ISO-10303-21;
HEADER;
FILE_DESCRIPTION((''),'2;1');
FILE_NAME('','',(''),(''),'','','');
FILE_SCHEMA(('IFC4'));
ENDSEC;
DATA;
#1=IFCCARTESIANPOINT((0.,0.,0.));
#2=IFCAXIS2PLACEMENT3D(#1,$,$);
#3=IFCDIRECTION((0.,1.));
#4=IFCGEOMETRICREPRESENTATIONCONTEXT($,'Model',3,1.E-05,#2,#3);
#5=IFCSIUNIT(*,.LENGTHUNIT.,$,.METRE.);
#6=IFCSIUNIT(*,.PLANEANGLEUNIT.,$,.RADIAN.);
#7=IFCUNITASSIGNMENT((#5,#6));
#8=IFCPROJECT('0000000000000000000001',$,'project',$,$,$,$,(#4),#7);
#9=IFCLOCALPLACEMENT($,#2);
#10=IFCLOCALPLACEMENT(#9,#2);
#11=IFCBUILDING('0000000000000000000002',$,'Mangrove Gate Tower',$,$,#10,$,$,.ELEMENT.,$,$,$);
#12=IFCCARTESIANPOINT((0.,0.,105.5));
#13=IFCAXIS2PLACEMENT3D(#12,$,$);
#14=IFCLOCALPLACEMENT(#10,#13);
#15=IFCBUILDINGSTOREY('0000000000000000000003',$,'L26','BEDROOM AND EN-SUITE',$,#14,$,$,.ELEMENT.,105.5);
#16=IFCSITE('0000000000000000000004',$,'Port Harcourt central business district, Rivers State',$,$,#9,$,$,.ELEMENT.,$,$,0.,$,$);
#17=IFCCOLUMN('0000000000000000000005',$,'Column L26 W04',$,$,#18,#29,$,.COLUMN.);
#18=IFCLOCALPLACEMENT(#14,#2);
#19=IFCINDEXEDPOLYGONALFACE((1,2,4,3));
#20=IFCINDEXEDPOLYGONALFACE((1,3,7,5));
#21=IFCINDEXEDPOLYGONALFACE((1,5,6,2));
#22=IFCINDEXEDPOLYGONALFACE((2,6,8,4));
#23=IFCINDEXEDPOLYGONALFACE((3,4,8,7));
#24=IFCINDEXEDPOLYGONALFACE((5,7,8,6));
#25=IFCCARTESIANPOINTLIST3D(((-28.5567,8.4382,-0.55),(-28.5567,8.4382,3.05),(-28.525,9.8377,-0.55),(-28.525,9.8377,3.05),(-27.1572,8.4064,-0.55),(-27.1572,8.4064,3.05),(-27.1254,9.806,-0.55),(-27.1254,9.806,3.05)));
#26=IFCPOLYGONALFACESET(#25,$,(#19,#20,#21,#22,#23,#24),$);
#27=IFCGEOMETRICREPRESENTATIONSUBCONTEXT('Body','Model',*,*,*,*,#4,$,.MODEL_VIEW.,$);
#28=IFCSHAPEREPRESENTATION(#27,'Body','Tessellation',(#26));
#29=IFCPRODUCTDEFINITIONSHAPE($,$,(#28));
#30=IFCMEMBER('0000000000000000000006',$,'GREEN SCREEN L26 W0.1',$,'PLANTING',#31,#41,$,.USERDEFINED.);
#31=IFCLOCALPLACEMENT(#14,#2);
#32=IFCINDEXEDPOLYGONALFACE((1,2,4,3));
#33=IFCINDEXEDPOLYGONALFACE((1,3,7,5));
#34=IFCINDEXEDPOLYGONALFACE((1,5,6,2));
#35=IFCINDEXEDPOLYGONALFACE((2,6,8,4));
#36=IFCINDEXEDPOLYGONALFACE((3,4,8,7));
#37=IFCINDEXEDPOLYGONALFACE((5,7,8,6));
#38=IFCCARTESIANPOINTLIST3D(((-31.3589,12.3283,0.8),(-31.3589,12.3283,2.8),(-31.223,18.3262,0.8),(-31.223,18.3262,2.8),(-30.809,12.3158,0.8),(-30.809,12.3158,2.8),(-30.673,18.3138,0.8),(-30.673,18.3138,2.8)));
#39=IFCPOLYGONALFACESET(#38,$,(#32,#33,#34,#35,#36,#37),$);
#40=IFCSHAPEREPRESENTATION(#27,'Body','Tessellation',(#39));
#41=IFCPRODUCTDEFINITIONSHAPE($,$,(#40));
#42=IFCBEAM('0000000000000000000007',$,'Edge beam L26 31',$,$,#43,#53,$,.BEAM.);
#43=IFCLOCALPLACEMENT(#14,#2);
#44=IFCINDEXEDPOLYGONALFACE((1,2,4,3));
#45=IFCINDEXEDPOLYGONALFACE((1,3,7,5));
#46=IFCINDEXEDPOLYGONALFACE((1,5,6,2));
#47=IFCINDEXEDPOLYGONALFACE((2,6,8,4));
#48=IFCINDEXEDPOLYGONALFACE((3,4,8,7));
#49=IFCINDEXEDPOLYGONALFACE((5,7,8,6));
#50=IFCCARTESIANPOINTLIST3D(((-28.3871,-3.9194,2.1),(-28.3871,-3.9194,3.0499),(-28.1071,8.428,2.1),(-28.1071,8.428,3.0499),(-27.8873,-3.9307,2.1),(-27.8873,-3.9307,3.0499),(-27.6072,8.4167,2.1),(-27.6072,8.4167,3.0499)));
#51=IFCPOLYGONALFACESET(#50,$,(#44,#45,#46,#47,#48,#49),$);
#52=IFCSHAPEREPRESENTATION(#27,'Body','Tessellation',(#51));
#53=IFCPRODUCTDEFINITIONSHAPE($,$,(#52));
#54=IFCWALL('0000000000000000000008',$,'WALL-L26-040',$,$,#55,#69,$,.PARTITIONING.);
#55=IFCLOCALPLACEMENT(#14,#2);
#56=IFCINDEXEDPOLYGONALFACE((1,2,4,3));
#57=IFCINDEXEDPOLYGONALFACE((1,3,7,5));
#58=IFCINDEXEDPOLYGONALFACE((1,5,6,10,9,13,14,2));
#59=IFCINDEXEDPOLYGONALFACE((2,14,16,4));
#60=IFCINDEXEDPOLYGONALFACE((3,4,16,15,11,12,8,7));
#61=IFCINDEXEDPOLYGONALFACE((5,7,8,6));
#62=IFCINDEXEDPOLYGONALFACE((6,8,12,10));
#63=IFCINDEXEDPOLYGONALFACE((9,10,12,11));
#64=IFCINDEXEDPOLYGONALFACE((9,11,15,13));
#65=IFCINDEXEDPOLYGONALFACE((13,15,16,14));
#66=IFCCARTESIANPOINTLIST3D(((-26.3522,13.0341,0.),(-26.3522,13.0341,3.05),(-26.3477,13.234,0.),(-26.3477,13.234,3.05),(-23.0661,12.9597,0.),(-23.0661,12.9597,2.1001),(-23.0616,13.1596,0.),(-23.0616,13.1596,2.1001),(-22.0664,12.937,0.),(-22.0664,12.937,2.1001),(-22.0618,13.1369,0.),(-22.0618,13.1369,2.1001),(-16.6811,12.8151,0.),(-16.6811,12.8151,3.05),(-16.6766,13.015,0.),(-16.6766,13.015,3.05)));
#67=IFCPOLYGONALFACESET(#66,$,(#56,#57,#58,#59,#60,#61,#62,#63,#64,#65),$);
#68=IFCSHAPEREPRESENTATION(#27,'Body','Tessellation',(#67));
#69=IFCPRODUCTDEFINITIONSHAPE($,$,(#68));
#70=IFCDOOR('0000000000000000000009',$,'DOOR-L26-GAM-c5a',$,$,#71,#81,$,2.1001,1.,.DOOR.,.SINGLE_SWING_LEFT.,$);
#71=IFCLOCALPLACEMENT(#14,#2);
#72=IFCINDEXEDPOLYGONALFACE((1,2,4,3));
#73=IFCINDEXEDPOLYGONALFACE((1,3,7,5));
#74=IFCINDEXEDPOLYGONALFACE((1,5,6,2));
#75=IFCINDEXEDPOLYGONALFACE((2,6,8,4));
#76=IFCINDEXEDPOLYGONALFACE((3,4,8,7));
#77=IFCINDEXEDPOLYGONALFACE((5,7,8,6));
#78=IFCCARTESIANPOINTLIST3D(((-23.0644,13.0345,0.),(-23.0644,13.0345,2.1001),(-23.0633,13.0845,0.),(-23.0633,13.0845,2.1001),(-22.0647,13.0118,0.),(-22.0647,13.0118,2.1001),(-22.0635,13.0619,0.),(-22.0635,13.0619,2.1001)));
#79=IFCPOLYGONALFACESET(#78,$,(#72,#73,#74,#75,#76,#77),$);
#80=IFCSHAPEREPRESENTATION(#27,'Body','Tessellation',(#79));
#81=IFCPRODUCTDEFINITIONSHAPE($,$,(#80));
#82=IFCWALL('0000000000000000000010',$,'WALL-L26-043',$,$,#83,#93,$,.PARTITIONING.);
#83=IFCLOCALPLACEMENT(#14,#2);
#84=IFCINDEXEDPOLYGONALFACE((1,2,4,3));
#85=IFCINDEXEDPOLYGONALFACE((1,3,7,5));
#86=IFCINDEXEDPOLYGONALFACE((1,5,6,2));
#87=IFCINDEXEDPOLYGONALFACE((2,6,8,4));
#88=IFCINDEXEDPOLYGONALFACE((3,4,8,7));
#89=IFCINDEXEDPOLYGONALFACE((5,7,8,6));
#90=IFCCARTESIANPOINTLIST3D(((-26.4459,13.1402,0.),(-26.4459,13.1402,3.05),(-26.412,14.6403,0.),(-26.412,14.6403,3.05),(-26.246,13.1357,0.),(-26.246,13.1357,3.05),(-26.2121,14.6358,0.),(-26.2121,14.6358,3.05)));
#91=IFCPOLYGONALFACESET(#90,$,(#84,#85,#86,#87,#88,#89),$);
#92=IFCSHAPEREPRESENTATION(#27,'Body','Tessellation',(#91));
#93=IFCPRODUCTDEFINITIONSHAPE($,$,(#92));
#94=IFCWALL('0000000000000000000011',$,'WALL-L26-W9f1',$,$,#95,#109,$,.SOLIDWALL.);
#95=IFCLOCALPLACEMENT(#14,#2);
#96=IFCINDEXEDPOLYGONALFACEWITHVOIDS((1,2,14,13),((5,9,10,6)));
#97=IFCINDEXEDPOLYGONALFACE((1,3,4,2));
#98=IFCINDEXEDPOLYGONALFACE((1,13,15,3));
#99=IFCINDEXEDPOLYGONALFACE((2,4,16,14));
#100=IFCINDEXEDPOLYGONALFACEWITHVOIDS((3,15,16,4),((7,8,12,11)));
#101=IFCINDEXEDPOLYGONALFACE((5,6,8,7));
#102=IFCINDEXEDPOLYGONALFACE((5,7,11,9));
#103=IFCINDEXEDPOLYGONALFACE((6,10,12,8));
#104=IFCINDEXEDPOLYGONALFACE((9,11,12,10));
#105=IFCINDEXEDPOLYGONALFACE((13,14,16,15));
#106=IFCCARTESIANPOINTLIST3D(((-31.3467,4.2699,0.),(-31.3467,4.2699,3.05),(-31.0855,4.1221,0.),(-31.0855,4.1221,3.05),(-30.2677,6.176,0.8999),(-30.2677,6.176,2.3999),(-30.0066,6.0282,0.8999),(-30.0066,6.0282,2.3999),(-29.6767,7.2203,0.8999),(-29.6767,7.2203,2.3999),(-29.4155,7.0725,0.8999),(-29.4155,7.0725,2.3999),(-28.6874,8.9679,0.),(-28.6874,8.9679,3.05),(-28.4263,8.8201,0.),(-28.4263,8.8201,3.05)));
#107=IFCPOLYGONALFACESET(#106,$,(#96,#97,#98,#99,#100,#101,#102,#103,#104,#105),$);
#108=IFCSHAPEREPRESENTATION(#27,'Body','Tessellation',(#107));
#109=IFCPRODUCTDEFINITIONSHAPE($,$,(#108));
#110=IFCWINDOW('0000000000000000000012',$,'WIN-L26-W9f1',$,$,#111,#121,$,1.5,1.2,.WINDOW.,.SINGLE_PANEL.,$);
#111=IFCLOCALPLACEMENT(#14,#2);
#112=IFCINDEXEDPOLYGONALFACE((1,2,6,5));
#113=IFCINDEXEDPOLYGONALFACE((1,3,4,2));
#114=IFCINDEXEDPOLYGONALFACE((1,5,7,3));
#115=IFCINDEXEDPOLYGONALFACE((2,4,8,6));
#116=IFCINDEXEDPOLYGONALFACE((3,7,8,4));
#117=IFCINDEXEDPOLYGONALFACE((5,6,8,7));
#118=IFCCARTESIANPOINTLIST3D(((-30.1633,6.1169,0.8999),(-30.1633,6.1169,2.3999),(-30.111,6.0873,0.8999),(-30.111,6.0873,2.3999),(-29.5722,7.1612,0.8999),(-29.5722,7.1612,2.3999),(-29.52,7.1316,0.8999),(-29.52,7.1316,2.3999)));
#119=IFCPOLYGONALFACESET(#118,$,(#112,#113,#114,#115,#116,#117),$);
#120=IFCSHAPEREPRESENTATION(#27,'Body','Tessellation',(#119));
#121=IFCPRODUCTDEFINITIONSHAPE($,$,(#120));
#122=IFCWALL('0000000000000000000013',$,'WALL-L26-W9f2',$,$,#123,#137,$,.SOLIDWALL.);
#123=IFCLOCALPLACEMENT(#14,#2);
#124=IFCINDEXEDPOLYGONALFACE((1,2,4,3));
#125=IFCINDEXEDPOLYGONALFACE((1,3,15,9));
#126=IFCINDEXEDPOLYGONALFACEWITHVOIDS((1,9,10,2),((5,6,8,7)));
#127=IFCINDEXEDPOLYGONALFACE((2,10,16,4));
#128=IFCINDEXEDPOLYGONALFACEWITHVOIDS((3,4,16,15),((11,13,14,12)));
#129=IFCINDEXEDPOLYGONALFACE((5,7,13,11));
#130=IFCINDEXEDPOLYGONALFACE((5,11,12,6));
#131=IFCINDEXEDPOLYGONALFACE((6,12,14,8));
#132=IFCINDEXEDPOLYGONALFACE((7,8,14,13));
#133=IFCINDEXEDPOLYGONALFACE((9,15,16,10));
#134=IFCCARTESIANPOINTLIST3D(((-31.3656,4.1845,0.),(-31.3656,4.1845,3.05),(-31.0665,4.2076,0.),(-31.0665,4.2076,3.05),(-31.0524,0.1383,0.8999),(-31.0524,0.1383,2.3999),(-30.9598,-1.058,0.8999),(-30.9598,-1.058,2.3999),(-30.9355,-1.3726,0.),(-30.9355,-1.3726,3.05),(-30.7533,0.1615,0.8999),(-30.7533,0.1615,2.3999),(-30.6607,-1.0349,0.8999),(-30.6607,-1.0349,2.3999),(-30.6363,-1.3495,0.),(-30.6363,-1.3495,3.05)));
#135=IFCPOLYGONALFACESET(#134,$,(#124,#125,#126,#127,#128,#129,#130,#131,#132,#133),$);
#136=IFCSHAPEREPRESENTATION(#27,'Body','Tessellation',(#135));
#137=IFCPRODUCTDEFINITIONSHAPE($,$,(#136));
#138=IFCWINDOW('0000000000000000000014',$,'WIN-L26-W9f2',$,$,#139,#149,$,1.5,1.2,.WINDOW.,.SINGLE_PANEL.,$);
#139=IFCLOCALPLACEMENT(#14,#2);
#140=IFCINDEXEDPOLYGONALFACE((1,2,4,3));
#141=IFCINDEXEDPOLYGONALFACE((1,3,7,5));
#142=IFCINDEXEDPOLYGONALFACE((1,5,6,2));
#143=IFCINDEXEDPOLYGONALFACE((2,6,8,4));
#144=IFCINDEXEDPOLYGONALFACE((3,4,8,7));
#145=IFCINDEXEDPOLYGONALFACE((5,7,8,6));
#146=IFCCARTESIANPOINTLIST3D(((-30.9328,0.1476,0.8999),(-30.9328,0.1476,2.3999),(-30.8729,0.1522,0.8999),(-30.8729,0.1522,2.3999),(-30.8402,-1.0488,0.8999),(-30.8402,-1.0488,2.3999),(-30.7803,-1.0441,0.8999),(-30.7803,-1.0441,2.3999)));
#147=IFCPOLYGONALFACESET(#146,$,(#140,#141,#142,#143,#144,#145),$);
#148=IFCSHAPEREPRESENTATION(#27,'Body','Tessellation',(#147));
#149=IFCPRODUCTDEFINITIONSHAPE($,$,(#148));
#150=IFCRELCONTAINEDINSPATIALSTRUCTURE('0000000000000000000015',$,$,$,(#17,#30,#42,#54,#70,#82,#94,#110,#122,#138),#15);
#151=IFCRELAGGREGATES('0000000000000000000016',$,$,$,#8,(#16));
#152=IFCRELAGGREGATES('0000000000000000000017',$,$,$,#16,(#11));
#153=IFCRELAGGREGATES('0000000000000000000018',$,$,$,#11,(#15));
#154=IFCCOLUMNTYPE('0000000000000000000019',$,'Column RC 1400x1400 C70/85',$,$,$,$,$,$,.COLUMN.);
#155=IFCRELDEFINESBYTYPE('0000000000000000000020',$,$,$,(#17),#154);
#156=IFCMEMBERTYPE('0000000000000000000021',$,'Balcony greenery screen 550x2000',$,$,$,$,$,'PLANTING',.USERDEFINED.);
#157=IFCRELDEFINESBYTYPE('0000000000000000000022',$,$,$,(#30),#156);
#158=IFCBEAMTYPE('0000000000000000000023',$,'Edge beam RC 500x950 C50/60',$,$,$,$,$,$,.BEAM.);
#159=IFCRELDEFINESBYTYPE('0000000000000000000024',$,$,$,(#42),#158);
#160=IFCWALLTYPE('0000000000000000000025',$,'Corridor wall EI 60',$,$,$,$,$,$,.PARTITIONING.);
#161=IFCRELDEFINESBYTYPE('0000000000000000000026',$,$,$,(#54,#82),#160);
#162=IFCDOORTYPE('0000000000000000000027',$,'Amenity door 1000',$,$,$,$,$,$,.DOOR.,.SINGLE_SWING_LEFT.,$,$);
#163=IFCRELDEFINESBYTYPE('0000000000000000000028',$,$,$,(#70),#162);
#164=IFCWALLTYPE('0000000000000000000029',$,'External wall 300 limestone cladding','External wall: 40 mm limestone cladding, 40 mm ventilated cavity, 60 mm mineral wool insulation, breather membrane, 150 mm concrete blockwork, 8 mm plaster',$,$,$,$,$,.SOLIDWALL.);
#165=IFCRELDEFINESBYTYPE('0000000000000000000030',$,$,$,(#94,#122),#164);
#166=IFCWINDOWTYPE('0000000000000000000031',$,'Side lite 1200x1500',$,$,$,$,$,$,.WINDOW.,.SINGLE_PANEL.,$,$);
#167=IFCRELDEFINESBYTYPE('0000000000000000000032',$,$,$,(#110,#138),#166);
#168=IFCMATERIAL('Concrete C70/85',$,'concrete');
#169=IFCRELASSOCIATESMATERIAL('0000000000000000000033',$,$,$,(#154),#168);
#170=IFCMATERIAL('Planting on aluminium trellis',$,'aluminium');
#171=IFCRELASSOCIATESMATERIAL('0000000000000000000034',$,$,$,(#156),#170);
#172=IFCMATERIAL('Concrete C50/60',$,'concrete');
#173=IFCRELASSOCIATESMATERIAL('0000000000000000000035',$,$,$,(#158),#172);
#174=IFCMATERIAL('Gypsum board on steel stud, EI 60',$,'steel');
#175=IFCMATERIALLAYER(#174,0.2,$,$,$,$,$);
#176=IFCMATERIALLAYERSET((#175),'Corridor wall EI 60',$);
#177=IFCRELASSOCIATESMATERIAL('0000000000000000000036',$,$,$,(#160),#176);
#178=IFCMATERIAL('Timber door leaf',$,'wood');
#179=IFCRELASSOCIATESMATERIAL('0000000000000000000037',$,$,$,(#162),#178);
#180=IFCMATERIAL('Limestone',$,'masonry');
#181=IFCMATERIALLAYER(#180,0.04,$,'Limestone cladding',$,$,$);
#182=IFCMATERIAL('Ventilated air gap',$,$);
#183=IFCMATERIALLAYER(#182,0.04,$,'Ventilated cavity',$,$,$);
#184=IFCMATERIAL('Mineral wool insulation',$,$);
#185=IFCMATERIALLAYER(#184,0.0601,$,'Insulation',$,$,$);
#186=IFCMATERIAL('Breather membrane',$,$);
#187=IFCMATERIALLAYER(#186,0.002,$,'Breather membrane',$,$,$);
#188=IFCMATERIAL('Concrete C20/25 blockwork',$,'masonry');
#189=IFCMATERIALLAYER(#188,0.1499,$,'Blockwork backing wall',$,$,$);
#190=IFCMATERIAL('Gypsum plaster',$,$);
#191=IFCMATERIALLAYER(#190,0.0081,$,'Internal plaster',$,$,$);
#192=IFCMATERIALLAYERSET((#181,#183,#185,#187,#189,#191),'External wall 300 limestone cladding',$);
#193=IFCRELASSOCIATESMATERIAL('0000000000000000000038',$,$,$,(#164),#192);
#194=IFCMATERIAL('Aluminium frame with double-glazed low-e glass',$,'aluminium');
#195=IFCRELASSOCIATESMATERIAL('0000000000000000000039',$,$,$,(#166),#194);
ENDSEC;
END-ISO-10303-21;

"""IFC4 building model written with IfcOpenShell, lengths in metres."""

from ifc_helpers import new_model, si_unit, direction, frame, frame_2d, origin, origin_2d, place, context, subcontext, project, spatial, rectangle, extrude, material, layer, layer_set, material_profile, profile_set, type_object, element, fill, save


model = new_model("IFC4")

# Units and contexts
model_context = context("Model", 3, precision=1e-05, world=origin(), true_north=direction((0.0, 1.0)))
body_context = subcontext(model_context, "Body", "Model", "MODEL_VIEW")
ifc_project = project(units=[si_unit("LENGTHUNIT", "METRE"), si_unit("PLANEANGLEUNIT", "RADIAN")], contexts=[model_context])

# Site, building, storey
site_placement = place(None, origin())
site = spatial("IfcSite", under=ifc_project, at=site_placement, Name="Port Harcourt central business district, Rivers State", CompositionType="ELEMENT", RefElevation=0.0)
building_placement = place(site_placement, origin())
building = spatial("IfcBuilding", under=site, at=building_placement, Name="Mangrove Gate Tower", CompositionType="ELEMENT")
storey_placement = place(building_placement, frame((0.0, 0.0, 105.5)))
storey = spatial("IfcBuildingStorey", under=building, at=storey_placement, Name="L26", Description="BEDROOM AND EN-SUITE", CompositionType="ELEMENT", Elevation=105.5)

# Column
ifc_material_1 = material(Name="Concrete C70/85", Category="concrete")
ifc_material_profile_1 = material_profile(ifc_material_1, rectangle(XDim=1.3999, YDim=1.3999, at=origin_2d()))
ifc_profile_set_1 = profile_set([ifc_material_profile_1], Name="Concrete C70/85")
column_type = type_object("IfcColumnType", Name="Column RC 1400x1400 C70/85", PredefinedType="COLUMN", material=ifc_profile_set_1)
column_placement = place(storey_placement, frame((-27.8411, 9.1221, -0.55), z_axis=(0.0, 0.0, 1.0), x_axis=(-0.022672, -0.999743, 0.0)))
element("IfcColumn", 1, at=column_placement, inside=storey, type_object=column_type, Name="Column L26 W04", PredefinedType="COLUMN", context=body_context, shape_type="SweptSolid", body=[
    extrude(rectangle(XDim=1.3999, YDim=1.3999, at=origin_2d()), origin(), (0.0, 0.0, 1.0), 3.6001),
])

# Member
ifc_material_2 = material(Name="Planting on aluminium trellis", Category="aluminium")
ifc_material_profile_2 = material_profile(ifc_material_2, rectangle(XDim=0.55, YDim=2.0, at=origin_2d()))
ifc_profile_set_2 = profile_set([ifc_material_profile_2], Name="Planting on aluminium trellis")
member_type = type_object("IfcMemberType", Name="Balcony greenery screen 550x2000", ElementType="PLANTING", PredefinedType="USERDEFINED", material=ifc_profile_set_2)
member_placement = place(storey_placement, frame((-31.084, 12.322, 1.8), z_axis=(0.022666, 0.999743, 0.0), x_axis=(-0.999743, 0.022666, 0.0)))
element("IfcMember", 2, at=member_placement, inside=storey, type_object=member_type, Name="GREEN SCREEN L26 W0.1", ObjectType="PLANTING", PredefinedType="USERDEFINED", context=body_context, shape_type="SweptSolid", body=[
    extrude(rectangle(XDim=0.55, YDim=2.0, at=origin_2d()), origin(), (0.0, 0.0, 1.0), 5.9995),
])

# Beam
ifc_material_3 = material(Name="Concrete C50/60", Category="concrete")
ifc_material_profile_3 = material_profile(ifc_material_3, rectangle(XDim=0.5, YDim=0.95, at=origin_2d()))
ifc_profile_set_3 = profile_set([ifc_material_profile_3], Name="Concrete C50/60")
beam_type = type_object("IfcBeamType", Name="Edge beam RC 500x950 C50/60", PredefinedType="BEAM", material=ifc_profile_set_3)
beam_placement = place(storey_placement, frame((-27.8572, 8.4224, 2.575), z_axis=(-0.022673, -0.999743, 0.0), x_axis=(0.999743, -0.022673, 0.0)))
element("IfcBeam", 3, at=beam_placement, inside=storey, type_object=beam_type, Name="Edge beam L26 31", PredefinedType="BEAM", context=body_context, shape_type="SweptSolid", body=[
    extrude(rectangle(XDim=0.5, YDim=0.95, at=origin_2d()), origin(), (0.0, 0.0, 1.0), 12.3506),
])

# Wall, opening, door
ifc_material_4 = material(Name="Gypsum board on steel stud, EI 60", Category="steel")
ifc_layer_1 = layer(ifc_material_4, 0.2)
ifc_layer_set_1 = layer_set([ifc_layer_1], Name="Corridor wall EI 60")
wall_type_1 = type_object("IfcWallType", Name="Corridor wall EI 60", PredefinedType="PARTITIONING", material=ifc_layer_set_1)
wall_1_placement = place(storey_placement, frame((-26.3501, 13.134, 0.0), z_axis=(0.0, 0.0, 1.0), x_axis=(0.999744, -0.022638, 0.0)))
wall_1 = element("IfcWall", 4, at=wall_1_placement, inside=storey, type_object=wall_type_1, Name="WALL-L26-040", PredefinedType="PARTITIONING", context=body_context, shape_type="SweptSolid", body=[
    extrude(rectangle(XDim=9.6736, YDim=0.2, at=frame_2d((4.8369, 0.0))), origin(), (0.0, 0.0, 1.0), 3.05),
])
opening_1_placement = place(wall_1_placement, frame((3.2871, 0.0, 0.0)))
opening_1 = element("IfcOpeningElement", 5, at=opening_1_placement, cuts=wall_1, PredefinedType="OPENING", context=body_context, shape_type="SweptSolid", body=[
    extrude(rectangle(XDim=1.0, YDim=2.1001, at=frame_2d((0.5, 1.05))), frame((0.0, 0.1099, 0.0), z_axis=(0.0, -1.0, 0.0), x_axis=(1.0, 0.0, 0.0)), (0.0, 0.0, 1.0), 0.22),
])
ifc_material_5 = material(Name="Timber door leaf", Category="wood")
door_type_1 = type_object("IfcDoorType", Name="Amenity door 1000", OperationType="SINGLE_SWING_LEFT", PredefinedType="DOOR", material=ifc_material_5)
door_1_placement = place(opening_1_placement, origin())
door_1 = element("IfcDoor", 6, at=door_1_placement, inside=storey, type_object=door_type_1, Name="DOOR-L26-GAM-c5a", OperationType="SINGLE_SWING_LEFT", OverallHeight=2.1001, OverallWidth=1.0, PredefinedType="DOOR", context=body_context, shape_type="SweptSolid", body=[
    extrude(rectangle(XDim=1.0, YDim=2.1001, at=frame_2d((0.5, 1.05))), frame((0.0, 0.0249, 0.0), z_axis=(0.0, -1.0, 0.0), x_axis=(1.0, 0.0, 0.0)), (0.0, 0.0, 1.0), 0.05),
])
fill(opening_1, door_1)

# Wall
wall_2_placement = place(storey_placement, frame((-26.3459, 13.1379, 0.0), z_axis=(0.0, 0.0, 1.0), x_axis=(0.022618, 0.999744, 0.0)))
element("IfcWall", 7, at=wall_2_placement, inside=storey, type_object=wall_type_1, Name="WALL-L26-043", PredefinedType="PARTITIONING", context=body_context, shape_type="SweptSolid", body=[
    extrude(rectangle(XDim=1.5005, YDim=0.2, at=frame_2d((0.7502, 0.0))), origin(), (0.0, 0.0, 1.0), 3.05),
])

# Walls, openings, windows
ifc_material_6 = material(Name="Limestone", Category="masonry")
ifc_layer_2 = layer(ifc_material_6, 0.04, Name="Limestone cladding")
ifc_material_7 = material(Name="Ventilated air gap")
ifc_layer_3 = layer(ifc_material_7, 0.04, Name="Ventilated cavity")
ifc_material_8 = material(Name="Mineral wool insulation")
ifc_layer_4 = layer(ifc_material_8, 0.0601, Name="Insulation")
ifc_material_9 = material(Name="Breather membrane")
ifc_layer_5 = layer(ifc_material_9, 0.002, Name="Breather membrane")
ifc_material_10 = material(Name="Concrete C20/25 blockwork", Category="masonry")
ifc_layer_6 = layer(ifc_material_10, 0.1499, Name="Blockwork backing wall")
ifc_material_11 = material(Name="Gypsum plaster")
ifc_layer_7 = layer(ifc_material_11, 0.0081, Name="Internal plaster")
ifc_layer_set_2 = layer_set([ifc_layer_2, ifc_layer_3, ifc_layer_4, ifc_layer_5, ifc_layer_6, ifc_layer_7], Name="External wall 300 limestone cladding")
wall_type_2 = type_object("IfcWallType", Name="External wall 300 limestone cladding", Description="External wall: 40 mm limestone cladding, 40 mm ventilated cavity, 60 mm mineral wool insulation, breather membrane, 150 mm concrete blockwork, 8 mm plaster", PredefinedType="SOLIDWALL", material=ifc_layer_set_2)
wall_3_placement = place(storey_placement, frame((-28.5569, 8.894, 0.0), z_axis=(0.0, 0.0, 1.0), x_axis=(-0.492589, -0.870262, 0.0)))
wall_3 = element("IfcWall", 8, at=wall_3_placement, inside=storey, type_object=wall_type_2, Name="WALL-L26-W9f1", PredefinedType="SOLIDWALL", context=body_context, shape_type="SweptSolid", body=[
    extrude(rectangle(XDim=5.3984, YDim=0.3, at=frame_2d((2.6992, 0.0))), origin(), (0.0, 0.0, 1.0), 3.05),
])
opening_2_placement = place(wall_3_placement, frame((2.0081, 0.0, 0.8999)))
opening_2 = element("IfcOpeningElement", 9, at=opening_2_placement, cuts=wall_3, PredefinedType="OPENING", context=body_context, shape_type="SweptSolid", body=[
    extrude(rectangle(XDim=1.2, YDim=1.5, at=frame_2d((0.6001, 0.75))), frame((0.0, 0.1599, 0.0), z_axis=(0.0, -1.0, 0.0), x_axis=(1.0, 0.0, 0.0)), (0.0, 0.0, 1.0), 0.3201),
])
ifc_material_12 = material(Name="Aluminium frame with double-glazed low-e glass", Category="aluminium")
window_type_1 = type_object("IfcWindowType", Name="Side lite 1200x1500", PartitioningType="SINGLE_PANEL", PredefinedType="WINDOW", material=ifc_material_12)
window_1_placement = place(opening_2_placement, origin())
window_1 = element("IfcWindow", 10, at=window_1_placement, inside=storey, type_object=window_type_1, Name="WIN-L26-W9f1", OverallHeight=1.5, OverallWidth=1.2, PartitioningType="SINGLE_PANEL", PredefinedType="WINDOW", context=body_context, shape_type="SweptSolid", body=[
    extrude(rectangle(XDim=1.2, YDim=1.5, at=frame_2d((0.6001, 0.75))), frame((0.0, 0.03, 0.0), z_axis=(0.0, -1.0, 0.0), x_axis=(1.0, 0.0, 0.0)), (0.0, 0.0, 1.0), 0.0601),
])
fill(opening_2, window_1)
wall_4_placement = place(storey_placement, frame((-31.2161, 4.196, 0.0), z_axis=(0.0, 0.0, 1.0), x_axis=(0.077179, -0.997017, 0.0)))
wall_4 = element("IfcWall", 11, at=wall_4_placement, inside=storey, type_object=wall_type_2, Name="WALL-L26-W9f2", PredefinedType="SOLIDWALL", context=body_context, shape_type="SweptSolid", body=[
    extrude(rectangle(XDim=5.5737, YDim=0.3, at=frame_2d((2.7869, 0.0))), origin(), (0.0, 0.0, 1.0), 3.05),
])
opening_3_placement = place(wall_4_placement, frame((4.0581, 0.0, 0.8999)))
opening_3 = element("IfcOpeningElement", 12, at=opening_3_placement, cuts=wall_4, PredefinedType="OPENING", context=body_context, shape_type="SweptSolid", body=[
    extrude(rectangle(XDim=1.2, YDim=1.5, at=frame_2d((0.6001, 0.75))), frame((0.0, 0.1599, 0.0), z_axis=(0.0, -1.0, 0.0), x_axis=(1.0, 0.0, 0.0)), (0.0, 0.0, 1.0), 0.3201),
])
window_2_placement = place(opening_3_placement, origin())
window_2 = element("IfcWindow", 13, at=window_2_placement, inside=storey, type_object=window_type_1, Name="WIN-L26-W9f2", OverallHeight=1.5, OverallWidth=1.2, PartitioningType="SINGLE_PANEL", PredefinedType="WINDOW", context=body_context, shape_type="SweptSolid", body=[
    extrude(rectangle(XDim=1.2, YDim=1.5, at=frame_2d((0.6001, 0.75))), frame((0.0, 0.03, 0.0), z_axis=(0.0, -1.0, 0.0), x_axis=(1.0, 0.0, 0.0)), (0.0, 0.0, 1.0), 0.0601),
])
fill(opening_3, window_2)

save(model, "model.ifc")
